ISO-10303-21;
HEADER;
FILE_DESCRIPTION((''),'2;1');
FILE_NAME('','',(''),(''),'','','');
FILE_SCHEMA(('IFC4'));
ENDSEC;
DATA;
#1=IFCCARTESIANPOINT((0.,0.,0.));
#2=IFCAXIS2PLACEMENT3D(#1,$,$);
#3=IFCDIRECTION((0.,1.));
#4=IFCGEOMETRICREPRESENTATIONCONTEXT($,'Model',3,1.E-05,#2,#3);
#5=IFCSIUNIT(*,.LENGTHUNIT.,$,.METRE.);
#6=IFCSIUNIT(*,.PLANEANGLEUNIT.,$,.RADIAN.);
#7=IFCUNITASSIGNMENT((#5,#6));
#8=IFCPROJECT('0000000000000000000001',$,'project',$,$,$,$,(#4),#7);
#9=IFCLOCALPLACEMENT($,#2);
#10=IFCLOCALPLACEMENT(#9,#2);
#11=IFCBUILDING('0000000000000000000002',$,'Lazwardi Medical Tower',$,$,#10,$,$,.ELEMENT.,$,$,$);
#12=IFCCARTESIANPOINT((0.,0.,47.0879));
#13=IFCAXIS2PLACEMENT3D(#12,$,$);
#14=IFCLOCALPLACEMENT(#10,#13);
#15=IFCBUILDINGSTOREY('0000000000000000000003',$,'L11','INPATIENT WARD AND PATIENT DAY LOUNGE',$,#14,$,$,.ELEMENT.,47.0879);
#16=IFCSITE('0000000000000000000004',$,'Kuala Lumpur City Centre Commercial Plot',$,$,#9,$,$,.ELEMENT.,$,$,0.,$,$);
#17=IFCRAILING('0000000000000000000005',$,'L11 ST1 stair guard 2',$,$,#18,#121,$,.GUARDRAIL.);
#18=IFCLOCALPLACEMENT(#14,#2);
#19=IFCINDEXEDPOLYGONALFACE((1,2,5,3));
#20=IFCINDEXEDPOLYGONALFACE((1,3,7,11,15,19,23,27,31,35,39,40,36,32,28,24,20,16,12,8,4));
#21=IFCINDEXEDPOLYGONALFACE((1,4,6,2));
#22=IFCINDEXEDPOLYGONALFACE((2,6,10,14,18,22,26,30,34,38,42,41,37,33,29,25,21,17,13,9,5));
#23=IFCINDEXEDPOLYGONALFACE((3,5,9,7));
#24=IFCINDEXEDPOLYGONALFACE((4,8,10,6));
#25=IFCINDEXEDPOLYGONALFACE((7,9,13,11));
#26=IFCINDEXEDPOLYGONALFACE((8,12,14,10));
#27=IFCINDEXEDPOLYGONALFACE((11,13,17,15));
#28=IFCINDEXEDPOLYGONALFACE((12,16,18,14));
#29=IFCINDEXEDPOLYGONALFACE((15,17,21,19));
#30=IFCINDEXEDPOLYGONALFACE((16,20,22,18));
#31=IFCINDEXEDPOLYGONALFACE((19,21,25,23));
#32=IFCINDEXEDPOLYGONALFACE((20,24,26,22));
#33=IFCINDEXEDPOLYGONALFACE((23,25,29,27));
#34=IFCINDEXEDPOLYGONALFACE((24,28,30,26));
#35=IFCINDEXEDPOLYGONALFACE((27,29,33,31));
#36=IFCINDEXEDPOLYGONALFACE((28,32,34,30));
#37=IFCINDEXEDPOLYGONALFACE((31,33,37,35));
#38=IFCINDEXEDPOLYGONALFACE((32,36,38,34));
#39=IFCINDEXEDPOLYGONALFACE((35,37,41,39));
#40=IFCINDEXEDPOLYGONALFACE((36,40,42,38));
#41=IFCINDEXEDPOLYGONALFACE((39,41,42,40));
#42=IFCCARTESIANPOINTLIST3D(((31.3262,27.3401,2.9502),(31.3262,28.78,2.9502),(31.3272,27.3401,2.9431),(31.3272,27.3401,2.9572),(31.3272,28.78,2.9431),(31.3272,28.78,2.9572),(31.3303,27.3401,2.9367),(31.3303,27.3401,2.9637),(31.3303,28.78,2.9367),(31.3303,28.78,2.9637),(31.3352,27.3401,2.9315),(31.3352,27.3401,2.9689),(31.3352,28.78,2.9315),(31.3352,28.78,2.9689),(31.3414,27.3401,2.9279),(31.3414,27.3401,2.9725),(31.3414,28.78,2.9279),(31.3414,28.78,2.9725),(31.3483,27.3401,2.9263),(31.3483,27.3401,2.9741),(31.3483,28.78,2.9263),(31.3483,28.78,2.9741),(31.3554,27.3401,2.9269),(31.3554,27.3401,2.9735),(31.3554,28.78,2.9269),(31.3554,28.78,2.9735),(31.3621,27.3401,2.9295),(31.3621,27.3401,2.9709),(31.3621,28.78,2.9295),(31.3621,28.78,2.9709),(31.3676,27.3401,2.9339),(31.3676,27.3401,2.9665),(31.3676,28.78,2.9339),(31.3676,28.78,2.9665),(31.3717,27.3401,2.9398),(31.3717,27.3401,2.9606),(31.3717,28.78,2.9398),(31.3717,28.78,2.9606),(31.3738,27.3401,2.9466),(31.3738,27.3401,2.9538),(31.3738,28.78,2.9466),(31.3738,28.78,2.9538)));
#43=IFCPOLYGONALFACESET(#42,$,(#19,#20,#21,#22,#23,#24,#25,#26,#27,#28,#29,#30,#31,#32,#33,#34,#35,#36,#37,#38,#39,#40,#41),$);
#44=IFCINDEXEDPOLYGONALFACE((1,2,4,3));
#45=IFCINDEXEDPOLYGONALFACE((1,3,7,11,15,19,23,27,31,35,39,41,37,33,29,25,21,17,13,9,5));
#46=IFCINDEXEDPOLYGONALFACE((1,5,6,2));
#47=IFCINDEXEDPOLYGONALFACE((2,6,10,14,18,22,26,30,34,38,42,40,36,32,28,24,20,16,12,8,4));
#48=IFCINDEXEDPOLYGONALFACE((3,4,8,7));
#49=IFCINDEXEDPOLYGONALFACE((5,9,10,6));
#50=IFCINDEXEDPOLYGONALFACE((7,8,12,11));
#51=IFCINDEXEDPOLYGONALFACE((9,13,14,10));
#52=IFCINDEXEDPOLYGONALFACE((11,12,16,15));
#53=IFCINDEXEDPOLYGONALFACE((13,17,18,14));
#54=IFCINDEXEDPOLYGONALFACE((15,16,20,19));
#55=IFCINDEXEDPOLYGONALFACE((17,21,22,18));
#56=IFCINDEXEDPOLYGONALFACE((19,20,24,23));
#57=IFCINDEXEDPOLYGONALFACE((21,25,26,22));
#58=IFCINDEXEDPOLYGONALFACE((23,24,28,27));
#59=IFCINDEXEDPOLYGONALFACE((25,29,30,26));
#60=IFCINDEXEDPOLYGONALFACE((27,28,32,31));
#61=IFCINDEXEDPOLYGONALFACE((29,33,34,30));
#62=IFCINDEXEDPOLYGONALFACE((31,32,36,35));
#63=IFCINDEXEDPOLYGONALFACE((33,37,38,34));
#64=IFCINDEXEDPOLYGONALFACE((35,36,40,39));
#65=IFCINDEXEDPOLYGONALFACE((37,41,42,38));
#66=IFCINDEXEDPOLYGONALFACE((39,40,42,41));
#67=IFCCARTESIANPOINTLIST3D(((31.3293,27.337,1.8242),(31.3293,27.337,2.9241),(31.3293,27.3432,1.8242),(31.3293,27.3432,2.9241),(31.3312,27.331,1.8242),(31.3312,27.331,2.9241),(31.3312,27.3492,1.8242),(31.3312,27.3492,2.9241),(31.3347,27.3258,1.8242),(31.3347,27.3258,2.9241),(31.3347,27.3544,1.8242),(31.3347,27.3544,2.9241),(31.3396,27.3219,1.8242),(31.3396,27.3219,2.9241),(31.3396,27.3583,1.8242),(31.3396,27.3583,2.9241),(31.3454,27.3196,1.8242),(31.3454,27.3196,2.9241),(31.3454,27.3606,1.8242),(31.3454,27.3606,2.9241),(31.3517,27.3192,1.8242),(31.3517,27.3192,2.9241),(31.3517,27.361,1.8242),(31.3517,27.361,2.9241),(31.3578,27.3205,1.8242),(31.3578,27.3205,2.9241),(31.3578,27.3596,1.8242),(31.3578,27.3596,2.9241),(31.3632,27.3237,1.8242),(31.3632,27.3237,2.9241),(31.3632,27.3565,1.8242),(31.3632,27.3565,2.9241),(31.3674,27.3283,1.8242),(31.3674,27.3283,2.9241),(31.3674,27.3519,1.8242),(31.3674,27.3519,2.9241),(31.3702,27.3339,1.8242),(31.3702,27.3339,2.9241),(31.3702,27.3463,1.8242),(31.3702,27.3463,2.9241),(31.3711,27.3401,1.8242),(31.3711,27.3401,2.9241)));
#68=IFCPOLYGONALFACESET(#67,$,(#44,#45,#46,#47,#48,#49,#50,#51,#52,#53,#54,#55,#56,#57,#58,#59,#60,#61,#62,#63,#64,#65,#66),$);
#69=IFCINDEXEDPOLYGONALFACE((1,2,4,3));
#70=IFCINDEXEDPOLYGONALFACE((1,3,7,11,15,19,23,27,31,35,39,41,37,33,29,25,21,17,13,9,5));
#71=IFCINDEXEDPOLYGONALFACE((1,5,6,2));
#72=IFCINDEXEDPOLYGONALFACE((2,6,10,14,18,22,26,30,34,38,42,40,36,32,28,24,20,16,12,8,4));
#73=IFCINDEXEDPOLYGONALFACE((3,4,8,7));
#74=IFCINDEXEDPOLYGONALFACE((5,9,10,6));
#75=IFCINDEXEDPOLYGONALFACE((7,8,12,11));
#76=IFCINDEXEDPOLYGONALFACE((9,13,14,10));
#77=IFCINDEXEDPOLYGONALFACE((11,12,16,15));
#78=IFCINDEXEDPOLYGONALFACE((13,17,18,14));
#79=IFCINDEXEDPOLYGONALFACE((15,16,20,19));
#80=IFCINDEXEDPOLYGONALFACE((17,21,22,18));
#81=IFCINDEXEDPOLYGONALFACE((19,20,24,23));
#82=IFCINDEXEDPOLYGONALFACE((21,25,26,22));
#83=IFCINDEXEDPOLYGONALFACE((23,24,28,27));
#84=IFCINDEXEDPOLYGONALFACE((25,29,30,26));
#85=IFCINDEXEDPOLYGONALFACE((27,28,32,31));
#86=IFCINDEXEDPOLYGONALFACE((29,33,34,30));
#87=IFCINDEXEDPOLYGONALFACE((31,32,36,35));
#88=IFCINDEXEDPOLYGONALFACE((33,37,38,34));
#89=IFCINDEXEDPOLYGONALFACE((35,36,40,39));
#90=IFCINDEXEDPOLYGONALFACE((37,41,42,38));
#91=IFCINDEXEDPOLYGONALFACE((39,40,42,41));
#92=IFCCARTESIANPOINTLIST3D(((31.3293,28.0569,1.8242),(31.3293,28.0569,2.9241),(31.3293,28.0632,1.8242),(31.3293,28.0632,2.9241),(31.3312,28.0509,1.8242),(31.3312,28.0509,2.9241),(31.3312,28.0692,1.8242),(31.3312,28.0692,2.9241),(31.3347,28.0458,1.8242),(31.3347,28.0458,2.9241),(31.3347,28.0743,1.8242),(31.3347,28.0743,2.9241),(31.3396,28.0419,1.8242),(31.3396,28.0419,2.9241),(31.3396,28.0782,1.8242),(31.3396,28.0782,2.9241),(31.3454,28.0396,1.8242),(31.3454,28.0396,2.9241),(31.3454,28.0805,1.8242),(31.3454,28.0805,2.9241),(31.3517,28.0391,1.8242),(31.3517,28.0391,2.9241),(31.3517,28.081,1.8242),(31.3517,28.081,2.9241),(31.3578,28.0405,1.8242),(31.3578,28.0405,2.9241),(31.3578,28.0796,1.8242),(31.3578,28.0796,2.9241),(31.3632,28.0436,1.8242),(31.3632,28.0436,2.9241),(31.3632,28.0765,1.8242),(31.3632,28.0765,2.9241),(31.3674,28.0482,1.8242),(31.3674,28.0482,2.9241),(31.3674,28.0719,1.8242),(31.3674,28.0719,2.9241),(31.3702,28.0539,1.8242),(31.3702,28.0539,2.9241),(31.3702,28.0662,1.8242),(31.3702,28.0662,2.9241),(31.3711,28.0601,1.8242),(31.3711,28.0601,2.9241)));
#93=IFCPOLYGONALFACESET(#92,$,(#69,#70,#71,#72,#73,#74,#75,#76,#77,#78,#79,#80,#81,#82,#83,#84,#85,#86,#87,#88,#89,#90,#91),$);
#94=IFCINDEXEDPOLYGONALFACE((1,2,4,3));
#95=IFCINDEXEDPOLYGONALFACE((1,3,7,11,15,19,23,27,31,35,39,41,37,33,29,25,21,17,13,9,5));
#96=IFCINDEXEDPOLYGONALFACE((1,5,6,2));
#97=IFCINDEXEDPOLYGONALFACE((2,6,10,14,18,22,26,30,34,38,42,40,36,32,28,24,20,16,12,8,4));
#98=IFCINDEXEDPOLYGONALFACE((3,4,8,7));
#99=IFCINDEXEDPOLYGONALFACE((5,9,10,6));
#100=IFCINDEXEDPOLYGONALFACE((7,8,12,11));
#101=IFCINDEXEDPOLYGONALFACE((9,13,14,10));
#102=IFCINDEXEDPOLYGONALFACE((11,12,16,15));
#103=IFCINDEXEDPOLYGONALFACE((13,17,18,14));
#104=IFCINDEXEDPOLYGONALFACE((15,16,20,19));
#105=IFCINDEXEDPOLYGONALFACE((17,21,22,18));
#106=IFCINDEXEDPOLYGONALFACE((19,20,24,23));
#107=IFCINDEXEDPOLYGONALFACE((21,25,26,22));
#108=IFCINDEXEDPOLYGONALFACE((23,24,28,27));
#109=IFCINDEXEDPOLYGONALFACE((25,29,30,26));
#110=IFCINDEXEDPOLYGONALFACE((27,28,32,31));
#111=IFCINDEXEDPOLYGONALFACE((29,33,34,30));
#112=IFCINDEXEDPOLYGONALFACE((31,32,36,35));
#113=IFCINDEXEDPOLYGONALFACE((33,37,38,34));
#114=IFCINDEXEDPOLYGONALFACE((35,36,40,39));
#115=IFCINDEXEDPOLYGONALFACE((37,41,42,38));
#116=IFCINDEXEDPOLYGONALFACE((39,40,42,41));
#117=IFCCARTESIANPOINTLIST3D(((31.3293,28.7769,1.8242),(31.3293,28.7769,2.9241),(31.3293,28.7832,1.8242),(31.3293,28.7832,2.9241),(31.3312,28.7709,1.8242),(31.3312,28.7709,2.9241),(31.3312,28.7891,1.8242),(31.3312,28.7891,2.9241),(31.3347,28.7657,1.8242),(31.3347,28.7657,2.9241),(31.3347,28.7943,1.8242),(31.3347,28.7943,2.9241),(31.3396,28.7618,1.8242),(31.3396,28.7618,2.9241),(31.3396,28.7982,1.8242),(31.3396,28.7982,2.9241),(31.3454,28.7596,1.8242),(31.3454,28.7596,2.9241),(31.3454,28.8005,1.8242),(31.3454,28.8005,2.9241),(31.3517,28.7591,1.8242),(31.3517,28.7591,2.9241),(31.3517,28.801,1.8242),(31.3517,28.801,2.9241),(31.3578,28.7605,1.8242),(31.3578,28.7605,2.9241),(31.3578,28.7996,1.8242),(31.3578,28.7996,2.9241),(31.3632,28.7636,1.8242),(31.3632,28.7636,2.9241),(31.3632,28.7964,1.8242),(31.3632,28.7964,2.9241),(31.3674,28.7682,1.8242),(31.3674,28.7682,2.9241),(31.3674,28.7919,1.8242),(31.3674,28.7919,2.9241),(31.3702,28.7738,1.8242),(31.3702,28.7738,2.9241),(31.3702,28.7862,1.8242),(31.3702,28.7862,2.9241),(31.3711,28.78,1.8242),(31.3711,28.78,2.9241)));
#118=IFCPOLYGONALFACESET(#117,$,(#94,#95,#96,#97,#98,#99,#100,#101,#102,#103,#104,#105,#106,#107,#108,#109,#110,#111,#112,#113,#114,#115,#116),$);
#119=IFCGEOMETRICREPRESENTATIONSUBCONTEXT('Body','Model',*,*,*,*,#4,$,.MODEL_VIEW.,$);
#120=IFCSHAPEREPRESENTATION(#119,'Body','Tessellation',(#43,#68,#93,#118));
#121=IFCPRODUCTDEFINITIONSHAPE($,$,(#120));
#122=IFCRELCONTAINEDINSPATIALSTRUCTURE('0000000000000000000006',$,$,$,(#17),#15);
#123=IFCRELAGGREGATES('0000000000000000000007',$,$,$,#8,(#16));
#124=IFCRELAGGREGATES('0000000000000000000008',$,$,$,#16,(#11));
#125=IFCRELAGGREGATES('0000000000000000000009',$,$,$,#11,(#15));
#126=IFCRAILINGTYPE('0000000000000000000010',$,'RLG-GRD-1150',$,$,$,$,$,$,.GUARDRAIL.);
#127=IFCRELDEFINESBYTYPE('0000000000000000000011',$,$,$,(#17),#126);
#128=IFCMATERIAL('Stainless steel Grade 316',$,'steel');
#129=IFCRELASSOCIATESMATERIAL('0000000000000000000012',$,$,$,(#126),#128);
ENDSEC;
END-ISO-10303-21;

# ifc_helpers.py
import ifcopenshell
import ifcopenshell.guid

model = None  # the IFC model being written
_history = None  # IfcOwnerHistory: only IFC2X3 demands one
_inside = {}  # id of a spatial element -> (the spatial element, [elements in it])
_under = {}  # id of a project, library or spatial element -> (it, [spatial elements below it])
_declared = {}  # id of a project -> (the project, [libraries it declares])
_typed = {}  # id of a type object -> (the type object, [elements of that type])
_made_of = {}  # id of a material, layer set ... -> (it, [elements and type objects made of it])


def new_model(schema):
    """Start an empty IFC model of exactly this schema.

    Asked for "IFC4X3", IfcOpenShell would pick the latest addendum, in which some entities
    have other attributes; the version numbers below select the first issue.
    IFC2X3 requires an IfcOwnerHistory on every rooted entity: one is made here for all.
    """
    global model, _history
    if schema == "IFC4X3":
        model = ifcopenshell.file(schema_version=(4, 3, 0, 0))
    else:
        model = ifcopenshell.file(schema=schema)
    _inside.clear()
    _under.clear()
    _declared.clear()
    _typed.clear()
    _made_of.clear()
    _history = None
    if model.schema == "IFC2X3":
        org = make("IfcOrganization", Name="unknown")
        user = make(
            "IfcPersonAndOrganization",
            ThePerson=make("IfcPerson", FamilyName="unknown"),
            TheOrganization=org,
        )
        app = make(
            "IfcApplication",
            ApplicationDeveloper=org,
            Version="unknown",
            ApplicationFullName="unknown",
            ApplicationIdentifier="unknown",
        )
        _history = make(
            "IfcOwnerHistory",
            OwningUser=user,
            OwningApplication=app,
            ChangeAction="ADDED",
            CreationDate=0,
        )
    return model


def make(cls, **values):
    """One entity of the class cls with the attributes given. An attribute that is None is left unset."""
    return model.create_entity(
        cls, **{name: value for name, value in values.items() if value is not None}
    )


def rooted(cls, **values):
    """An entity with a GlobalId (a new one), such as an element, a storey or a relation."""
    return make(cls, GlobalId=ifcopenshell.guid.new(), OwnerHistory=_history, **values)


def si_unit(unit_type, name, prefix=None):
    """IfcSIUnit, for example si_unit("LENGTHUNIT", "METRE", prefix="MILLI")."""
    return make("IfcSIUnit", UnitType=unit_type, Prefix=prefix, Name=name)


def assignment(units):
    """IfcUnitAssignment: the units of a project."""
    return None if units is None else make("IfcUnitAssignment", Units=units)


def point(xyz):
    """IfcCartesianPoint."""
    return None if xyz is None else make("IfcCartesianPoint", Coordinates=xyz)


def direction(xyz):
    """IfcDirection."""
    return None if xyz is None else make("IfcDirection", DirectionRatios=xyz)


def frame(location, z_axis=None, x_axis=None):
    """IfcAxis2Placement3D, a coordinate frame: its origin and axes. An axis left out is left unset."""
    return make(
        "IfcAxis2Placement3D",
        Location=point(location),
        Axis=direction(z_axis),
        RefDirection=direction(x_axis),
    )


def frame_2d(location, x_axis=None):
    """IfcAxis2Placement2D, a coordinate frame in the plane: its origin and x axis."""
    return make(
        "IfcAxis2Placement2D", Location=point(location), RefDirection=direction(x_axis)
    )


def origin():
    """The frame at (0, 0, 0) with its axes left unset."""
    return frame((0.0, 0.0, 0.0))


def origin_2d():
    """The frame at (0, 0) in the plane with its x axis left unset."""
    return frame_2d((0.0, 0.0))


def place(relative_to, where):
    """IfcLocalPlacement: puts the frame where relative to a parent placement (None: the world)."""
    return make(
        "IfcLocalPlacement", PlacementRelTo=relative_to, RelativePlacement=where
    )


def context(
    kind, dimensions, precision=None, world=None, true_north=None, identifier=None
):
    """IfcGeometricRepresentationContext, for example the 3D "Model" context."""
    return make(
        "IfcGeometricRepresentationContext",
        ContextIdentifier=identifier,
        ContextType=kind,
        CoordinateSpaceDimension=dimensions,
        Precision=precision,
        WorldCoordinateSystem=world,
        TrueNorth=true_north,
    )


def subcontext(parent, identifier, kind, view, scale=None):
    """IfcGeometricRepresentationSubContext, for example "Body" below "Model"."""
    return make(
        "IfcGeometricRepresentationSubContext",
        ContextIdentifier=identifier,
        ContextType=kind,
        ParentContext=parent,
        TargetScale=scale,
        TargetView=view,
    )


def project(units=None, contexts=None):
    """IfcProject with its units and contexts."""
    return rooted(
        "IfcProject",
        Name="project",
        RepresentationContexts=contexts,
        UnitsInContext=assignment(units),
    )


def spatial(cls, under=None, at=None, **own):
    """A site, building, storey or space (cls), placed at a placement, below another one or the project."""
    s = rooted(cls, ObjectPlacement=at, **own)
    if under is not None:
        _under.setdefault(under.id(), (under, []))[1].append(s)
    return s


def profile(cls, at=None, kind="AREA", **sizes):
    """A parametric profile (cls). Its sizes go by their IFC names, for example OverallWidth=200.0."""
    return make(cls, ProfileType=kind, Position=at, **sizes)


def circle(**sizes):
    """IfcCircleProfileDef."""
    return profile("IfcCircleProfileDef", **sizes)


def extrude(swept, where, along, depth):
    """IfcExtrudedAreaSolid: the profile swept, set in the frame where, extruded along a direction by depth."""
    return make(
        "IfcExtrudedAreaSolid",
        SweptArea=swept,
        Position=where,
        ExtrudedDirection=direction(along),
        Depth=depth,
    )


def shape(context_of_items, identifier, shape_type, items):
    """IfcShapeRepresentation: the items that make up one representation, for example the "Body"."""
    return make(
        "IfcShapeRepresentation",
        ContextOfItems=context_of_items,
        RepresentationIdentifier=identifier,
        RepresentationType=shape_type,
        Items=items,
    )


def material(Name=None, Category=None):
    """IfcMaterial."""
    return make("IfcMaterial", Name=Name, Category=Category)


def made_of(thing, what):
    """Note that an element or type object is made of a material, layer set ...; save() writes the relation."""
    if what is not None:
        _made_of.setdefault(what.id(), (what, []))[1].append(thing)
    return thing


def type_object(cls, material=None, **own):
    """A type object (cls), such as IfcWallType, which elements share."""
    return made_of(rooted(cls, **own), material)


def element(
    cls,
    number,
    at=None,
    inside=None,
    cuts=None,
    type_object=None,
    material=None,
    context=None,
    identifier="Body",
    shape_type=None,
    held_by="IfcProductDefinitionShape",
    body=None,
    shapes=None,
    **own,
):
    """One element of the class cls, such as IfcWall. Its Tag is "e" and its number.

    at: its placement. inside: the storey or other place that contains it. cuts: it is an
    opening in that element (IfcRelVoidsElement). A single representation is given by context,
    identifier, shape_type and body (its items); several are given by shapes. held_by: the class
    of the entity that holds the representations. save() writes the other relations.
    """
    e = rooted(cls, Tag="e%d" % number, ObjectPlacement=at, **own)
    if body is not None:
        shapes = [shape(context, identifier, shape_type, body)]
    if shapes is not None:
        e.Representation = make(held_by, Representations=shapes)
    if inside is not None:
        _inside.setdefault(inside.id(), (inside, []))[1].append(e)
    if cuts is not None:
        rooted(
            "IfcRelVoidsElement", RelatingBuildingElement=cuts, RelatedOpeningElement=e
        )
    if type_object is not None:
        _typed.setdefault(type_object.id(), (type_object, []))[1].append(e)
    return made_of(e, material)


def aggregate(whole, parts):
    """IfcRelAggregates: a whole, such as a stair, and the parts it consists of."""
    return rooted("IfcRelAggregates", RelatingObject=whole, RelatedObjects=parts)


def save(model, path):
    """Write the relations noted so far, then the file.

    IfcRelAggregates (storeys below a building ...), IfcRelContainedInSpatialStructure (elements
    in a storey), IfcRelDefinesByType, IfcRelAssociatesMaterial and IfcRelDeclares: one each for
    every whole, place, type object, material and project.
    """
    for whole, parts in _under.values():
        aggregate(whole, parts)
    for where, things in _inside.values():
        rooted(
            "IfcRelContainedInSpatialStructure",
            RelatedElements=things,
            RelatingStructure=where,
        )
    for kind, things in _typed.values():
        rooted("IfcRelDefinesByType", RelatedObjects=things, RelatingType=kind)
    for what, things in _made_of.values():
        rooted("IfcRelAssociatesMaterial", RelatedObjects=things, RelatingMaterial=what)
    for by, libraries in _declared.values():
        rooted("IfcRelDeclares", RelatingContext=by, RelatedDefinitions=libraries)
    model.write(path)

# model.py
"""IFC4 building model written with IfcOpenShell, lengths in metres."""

from ifc_helpers import new_model, si_unit, direction, frame, origin, origin_2d, place, context, subcontext, project, spatial, circle, extrude, material, type_object, element, save


model = new_model("IFC4")

# Units and contexts
model_context = context("Model", 3, precision=1e-05, world=origin(), true_north=direction((0.0, 1.0)))
body_context = subcontext(model_context, "Body", "Model", "MODEL_VIEW")
ifc_project = project(units=[si_unit("LENGTHUNIT", "METRE"), si_unit("PLANEANGLEUNIT", "RADIAN")], contexts=[model_context])

# Site, building, storey
site_placement = place(None, origin())
site = spatial("IfcSite", under=ifc_project, at=site_placement, Name="Kuala Lumpur City Centre Commercial Plot", CompositionType="ELEMENT", RefElevation=0.0)
building_placement = place(site_placement, origin())
building = spatial("IfcBuilding", under=site, at=building_placement, Name="Lazwardi Medical Tower", CompositionType="ELEMENT")
storey_placement = place(building_placement, frame((0.0, 0.0, 47.0879)))
storey = spatial("IfcBuildingStorey", under=building, at=storey_placement, Name="L11", Description="INPATIENT WARD AND PATIENT DAY LOUNGE", CompositionType="ELEMENT", Elevation=47.0879)

# Railing
ifc_material_1 = material(Name="Stainless steel Grade 316", Category="steel")
railing_type_1 = type_object("IfcRailingType", Name="RLG-GRD-1150", PredefinedType="GUARDRAIL", material=ifc_material_1)
railing_1_placement = place(storey_placement, frame((31.3501, 27.3401, 1.8242)))
element("IfcRailing", 1, at=railing_1_placement, inside=storey, type_object=railing_type_1, Name="L11 ST1 stair guard 2", PredefinedType="GUARDRAIL", context=body_context, shape_type="SweptSolid", body=[
    extrude(circle(Radius=0.0239, at=origin_2d()), frame((0.0, 0.0, 1.126), z_axis=(0.0, 1.0, 0.0), x_axis=(-1.0, 0.0, 0.0)), (0.0, 0.0, 1.0), 1.4399),
    extrude(circle(Radius=0.021, at=origin_2d()), origin(), (0.0, 0.0, 1.0), 1.0999),
    extrude(circle(Radius=0.021, at=origin_2d()), frame((0.0, 0.72, 0.0)), (0.0, 0.0, 1.0), 1.0999),
    extrude(circle(Radius=0.021, at=origin_2d()), frame((0.0, 1.4399, 0.0)), (0.0, 0.0, 1.0), 1.0999),
])

save(model, "model.ifc")
